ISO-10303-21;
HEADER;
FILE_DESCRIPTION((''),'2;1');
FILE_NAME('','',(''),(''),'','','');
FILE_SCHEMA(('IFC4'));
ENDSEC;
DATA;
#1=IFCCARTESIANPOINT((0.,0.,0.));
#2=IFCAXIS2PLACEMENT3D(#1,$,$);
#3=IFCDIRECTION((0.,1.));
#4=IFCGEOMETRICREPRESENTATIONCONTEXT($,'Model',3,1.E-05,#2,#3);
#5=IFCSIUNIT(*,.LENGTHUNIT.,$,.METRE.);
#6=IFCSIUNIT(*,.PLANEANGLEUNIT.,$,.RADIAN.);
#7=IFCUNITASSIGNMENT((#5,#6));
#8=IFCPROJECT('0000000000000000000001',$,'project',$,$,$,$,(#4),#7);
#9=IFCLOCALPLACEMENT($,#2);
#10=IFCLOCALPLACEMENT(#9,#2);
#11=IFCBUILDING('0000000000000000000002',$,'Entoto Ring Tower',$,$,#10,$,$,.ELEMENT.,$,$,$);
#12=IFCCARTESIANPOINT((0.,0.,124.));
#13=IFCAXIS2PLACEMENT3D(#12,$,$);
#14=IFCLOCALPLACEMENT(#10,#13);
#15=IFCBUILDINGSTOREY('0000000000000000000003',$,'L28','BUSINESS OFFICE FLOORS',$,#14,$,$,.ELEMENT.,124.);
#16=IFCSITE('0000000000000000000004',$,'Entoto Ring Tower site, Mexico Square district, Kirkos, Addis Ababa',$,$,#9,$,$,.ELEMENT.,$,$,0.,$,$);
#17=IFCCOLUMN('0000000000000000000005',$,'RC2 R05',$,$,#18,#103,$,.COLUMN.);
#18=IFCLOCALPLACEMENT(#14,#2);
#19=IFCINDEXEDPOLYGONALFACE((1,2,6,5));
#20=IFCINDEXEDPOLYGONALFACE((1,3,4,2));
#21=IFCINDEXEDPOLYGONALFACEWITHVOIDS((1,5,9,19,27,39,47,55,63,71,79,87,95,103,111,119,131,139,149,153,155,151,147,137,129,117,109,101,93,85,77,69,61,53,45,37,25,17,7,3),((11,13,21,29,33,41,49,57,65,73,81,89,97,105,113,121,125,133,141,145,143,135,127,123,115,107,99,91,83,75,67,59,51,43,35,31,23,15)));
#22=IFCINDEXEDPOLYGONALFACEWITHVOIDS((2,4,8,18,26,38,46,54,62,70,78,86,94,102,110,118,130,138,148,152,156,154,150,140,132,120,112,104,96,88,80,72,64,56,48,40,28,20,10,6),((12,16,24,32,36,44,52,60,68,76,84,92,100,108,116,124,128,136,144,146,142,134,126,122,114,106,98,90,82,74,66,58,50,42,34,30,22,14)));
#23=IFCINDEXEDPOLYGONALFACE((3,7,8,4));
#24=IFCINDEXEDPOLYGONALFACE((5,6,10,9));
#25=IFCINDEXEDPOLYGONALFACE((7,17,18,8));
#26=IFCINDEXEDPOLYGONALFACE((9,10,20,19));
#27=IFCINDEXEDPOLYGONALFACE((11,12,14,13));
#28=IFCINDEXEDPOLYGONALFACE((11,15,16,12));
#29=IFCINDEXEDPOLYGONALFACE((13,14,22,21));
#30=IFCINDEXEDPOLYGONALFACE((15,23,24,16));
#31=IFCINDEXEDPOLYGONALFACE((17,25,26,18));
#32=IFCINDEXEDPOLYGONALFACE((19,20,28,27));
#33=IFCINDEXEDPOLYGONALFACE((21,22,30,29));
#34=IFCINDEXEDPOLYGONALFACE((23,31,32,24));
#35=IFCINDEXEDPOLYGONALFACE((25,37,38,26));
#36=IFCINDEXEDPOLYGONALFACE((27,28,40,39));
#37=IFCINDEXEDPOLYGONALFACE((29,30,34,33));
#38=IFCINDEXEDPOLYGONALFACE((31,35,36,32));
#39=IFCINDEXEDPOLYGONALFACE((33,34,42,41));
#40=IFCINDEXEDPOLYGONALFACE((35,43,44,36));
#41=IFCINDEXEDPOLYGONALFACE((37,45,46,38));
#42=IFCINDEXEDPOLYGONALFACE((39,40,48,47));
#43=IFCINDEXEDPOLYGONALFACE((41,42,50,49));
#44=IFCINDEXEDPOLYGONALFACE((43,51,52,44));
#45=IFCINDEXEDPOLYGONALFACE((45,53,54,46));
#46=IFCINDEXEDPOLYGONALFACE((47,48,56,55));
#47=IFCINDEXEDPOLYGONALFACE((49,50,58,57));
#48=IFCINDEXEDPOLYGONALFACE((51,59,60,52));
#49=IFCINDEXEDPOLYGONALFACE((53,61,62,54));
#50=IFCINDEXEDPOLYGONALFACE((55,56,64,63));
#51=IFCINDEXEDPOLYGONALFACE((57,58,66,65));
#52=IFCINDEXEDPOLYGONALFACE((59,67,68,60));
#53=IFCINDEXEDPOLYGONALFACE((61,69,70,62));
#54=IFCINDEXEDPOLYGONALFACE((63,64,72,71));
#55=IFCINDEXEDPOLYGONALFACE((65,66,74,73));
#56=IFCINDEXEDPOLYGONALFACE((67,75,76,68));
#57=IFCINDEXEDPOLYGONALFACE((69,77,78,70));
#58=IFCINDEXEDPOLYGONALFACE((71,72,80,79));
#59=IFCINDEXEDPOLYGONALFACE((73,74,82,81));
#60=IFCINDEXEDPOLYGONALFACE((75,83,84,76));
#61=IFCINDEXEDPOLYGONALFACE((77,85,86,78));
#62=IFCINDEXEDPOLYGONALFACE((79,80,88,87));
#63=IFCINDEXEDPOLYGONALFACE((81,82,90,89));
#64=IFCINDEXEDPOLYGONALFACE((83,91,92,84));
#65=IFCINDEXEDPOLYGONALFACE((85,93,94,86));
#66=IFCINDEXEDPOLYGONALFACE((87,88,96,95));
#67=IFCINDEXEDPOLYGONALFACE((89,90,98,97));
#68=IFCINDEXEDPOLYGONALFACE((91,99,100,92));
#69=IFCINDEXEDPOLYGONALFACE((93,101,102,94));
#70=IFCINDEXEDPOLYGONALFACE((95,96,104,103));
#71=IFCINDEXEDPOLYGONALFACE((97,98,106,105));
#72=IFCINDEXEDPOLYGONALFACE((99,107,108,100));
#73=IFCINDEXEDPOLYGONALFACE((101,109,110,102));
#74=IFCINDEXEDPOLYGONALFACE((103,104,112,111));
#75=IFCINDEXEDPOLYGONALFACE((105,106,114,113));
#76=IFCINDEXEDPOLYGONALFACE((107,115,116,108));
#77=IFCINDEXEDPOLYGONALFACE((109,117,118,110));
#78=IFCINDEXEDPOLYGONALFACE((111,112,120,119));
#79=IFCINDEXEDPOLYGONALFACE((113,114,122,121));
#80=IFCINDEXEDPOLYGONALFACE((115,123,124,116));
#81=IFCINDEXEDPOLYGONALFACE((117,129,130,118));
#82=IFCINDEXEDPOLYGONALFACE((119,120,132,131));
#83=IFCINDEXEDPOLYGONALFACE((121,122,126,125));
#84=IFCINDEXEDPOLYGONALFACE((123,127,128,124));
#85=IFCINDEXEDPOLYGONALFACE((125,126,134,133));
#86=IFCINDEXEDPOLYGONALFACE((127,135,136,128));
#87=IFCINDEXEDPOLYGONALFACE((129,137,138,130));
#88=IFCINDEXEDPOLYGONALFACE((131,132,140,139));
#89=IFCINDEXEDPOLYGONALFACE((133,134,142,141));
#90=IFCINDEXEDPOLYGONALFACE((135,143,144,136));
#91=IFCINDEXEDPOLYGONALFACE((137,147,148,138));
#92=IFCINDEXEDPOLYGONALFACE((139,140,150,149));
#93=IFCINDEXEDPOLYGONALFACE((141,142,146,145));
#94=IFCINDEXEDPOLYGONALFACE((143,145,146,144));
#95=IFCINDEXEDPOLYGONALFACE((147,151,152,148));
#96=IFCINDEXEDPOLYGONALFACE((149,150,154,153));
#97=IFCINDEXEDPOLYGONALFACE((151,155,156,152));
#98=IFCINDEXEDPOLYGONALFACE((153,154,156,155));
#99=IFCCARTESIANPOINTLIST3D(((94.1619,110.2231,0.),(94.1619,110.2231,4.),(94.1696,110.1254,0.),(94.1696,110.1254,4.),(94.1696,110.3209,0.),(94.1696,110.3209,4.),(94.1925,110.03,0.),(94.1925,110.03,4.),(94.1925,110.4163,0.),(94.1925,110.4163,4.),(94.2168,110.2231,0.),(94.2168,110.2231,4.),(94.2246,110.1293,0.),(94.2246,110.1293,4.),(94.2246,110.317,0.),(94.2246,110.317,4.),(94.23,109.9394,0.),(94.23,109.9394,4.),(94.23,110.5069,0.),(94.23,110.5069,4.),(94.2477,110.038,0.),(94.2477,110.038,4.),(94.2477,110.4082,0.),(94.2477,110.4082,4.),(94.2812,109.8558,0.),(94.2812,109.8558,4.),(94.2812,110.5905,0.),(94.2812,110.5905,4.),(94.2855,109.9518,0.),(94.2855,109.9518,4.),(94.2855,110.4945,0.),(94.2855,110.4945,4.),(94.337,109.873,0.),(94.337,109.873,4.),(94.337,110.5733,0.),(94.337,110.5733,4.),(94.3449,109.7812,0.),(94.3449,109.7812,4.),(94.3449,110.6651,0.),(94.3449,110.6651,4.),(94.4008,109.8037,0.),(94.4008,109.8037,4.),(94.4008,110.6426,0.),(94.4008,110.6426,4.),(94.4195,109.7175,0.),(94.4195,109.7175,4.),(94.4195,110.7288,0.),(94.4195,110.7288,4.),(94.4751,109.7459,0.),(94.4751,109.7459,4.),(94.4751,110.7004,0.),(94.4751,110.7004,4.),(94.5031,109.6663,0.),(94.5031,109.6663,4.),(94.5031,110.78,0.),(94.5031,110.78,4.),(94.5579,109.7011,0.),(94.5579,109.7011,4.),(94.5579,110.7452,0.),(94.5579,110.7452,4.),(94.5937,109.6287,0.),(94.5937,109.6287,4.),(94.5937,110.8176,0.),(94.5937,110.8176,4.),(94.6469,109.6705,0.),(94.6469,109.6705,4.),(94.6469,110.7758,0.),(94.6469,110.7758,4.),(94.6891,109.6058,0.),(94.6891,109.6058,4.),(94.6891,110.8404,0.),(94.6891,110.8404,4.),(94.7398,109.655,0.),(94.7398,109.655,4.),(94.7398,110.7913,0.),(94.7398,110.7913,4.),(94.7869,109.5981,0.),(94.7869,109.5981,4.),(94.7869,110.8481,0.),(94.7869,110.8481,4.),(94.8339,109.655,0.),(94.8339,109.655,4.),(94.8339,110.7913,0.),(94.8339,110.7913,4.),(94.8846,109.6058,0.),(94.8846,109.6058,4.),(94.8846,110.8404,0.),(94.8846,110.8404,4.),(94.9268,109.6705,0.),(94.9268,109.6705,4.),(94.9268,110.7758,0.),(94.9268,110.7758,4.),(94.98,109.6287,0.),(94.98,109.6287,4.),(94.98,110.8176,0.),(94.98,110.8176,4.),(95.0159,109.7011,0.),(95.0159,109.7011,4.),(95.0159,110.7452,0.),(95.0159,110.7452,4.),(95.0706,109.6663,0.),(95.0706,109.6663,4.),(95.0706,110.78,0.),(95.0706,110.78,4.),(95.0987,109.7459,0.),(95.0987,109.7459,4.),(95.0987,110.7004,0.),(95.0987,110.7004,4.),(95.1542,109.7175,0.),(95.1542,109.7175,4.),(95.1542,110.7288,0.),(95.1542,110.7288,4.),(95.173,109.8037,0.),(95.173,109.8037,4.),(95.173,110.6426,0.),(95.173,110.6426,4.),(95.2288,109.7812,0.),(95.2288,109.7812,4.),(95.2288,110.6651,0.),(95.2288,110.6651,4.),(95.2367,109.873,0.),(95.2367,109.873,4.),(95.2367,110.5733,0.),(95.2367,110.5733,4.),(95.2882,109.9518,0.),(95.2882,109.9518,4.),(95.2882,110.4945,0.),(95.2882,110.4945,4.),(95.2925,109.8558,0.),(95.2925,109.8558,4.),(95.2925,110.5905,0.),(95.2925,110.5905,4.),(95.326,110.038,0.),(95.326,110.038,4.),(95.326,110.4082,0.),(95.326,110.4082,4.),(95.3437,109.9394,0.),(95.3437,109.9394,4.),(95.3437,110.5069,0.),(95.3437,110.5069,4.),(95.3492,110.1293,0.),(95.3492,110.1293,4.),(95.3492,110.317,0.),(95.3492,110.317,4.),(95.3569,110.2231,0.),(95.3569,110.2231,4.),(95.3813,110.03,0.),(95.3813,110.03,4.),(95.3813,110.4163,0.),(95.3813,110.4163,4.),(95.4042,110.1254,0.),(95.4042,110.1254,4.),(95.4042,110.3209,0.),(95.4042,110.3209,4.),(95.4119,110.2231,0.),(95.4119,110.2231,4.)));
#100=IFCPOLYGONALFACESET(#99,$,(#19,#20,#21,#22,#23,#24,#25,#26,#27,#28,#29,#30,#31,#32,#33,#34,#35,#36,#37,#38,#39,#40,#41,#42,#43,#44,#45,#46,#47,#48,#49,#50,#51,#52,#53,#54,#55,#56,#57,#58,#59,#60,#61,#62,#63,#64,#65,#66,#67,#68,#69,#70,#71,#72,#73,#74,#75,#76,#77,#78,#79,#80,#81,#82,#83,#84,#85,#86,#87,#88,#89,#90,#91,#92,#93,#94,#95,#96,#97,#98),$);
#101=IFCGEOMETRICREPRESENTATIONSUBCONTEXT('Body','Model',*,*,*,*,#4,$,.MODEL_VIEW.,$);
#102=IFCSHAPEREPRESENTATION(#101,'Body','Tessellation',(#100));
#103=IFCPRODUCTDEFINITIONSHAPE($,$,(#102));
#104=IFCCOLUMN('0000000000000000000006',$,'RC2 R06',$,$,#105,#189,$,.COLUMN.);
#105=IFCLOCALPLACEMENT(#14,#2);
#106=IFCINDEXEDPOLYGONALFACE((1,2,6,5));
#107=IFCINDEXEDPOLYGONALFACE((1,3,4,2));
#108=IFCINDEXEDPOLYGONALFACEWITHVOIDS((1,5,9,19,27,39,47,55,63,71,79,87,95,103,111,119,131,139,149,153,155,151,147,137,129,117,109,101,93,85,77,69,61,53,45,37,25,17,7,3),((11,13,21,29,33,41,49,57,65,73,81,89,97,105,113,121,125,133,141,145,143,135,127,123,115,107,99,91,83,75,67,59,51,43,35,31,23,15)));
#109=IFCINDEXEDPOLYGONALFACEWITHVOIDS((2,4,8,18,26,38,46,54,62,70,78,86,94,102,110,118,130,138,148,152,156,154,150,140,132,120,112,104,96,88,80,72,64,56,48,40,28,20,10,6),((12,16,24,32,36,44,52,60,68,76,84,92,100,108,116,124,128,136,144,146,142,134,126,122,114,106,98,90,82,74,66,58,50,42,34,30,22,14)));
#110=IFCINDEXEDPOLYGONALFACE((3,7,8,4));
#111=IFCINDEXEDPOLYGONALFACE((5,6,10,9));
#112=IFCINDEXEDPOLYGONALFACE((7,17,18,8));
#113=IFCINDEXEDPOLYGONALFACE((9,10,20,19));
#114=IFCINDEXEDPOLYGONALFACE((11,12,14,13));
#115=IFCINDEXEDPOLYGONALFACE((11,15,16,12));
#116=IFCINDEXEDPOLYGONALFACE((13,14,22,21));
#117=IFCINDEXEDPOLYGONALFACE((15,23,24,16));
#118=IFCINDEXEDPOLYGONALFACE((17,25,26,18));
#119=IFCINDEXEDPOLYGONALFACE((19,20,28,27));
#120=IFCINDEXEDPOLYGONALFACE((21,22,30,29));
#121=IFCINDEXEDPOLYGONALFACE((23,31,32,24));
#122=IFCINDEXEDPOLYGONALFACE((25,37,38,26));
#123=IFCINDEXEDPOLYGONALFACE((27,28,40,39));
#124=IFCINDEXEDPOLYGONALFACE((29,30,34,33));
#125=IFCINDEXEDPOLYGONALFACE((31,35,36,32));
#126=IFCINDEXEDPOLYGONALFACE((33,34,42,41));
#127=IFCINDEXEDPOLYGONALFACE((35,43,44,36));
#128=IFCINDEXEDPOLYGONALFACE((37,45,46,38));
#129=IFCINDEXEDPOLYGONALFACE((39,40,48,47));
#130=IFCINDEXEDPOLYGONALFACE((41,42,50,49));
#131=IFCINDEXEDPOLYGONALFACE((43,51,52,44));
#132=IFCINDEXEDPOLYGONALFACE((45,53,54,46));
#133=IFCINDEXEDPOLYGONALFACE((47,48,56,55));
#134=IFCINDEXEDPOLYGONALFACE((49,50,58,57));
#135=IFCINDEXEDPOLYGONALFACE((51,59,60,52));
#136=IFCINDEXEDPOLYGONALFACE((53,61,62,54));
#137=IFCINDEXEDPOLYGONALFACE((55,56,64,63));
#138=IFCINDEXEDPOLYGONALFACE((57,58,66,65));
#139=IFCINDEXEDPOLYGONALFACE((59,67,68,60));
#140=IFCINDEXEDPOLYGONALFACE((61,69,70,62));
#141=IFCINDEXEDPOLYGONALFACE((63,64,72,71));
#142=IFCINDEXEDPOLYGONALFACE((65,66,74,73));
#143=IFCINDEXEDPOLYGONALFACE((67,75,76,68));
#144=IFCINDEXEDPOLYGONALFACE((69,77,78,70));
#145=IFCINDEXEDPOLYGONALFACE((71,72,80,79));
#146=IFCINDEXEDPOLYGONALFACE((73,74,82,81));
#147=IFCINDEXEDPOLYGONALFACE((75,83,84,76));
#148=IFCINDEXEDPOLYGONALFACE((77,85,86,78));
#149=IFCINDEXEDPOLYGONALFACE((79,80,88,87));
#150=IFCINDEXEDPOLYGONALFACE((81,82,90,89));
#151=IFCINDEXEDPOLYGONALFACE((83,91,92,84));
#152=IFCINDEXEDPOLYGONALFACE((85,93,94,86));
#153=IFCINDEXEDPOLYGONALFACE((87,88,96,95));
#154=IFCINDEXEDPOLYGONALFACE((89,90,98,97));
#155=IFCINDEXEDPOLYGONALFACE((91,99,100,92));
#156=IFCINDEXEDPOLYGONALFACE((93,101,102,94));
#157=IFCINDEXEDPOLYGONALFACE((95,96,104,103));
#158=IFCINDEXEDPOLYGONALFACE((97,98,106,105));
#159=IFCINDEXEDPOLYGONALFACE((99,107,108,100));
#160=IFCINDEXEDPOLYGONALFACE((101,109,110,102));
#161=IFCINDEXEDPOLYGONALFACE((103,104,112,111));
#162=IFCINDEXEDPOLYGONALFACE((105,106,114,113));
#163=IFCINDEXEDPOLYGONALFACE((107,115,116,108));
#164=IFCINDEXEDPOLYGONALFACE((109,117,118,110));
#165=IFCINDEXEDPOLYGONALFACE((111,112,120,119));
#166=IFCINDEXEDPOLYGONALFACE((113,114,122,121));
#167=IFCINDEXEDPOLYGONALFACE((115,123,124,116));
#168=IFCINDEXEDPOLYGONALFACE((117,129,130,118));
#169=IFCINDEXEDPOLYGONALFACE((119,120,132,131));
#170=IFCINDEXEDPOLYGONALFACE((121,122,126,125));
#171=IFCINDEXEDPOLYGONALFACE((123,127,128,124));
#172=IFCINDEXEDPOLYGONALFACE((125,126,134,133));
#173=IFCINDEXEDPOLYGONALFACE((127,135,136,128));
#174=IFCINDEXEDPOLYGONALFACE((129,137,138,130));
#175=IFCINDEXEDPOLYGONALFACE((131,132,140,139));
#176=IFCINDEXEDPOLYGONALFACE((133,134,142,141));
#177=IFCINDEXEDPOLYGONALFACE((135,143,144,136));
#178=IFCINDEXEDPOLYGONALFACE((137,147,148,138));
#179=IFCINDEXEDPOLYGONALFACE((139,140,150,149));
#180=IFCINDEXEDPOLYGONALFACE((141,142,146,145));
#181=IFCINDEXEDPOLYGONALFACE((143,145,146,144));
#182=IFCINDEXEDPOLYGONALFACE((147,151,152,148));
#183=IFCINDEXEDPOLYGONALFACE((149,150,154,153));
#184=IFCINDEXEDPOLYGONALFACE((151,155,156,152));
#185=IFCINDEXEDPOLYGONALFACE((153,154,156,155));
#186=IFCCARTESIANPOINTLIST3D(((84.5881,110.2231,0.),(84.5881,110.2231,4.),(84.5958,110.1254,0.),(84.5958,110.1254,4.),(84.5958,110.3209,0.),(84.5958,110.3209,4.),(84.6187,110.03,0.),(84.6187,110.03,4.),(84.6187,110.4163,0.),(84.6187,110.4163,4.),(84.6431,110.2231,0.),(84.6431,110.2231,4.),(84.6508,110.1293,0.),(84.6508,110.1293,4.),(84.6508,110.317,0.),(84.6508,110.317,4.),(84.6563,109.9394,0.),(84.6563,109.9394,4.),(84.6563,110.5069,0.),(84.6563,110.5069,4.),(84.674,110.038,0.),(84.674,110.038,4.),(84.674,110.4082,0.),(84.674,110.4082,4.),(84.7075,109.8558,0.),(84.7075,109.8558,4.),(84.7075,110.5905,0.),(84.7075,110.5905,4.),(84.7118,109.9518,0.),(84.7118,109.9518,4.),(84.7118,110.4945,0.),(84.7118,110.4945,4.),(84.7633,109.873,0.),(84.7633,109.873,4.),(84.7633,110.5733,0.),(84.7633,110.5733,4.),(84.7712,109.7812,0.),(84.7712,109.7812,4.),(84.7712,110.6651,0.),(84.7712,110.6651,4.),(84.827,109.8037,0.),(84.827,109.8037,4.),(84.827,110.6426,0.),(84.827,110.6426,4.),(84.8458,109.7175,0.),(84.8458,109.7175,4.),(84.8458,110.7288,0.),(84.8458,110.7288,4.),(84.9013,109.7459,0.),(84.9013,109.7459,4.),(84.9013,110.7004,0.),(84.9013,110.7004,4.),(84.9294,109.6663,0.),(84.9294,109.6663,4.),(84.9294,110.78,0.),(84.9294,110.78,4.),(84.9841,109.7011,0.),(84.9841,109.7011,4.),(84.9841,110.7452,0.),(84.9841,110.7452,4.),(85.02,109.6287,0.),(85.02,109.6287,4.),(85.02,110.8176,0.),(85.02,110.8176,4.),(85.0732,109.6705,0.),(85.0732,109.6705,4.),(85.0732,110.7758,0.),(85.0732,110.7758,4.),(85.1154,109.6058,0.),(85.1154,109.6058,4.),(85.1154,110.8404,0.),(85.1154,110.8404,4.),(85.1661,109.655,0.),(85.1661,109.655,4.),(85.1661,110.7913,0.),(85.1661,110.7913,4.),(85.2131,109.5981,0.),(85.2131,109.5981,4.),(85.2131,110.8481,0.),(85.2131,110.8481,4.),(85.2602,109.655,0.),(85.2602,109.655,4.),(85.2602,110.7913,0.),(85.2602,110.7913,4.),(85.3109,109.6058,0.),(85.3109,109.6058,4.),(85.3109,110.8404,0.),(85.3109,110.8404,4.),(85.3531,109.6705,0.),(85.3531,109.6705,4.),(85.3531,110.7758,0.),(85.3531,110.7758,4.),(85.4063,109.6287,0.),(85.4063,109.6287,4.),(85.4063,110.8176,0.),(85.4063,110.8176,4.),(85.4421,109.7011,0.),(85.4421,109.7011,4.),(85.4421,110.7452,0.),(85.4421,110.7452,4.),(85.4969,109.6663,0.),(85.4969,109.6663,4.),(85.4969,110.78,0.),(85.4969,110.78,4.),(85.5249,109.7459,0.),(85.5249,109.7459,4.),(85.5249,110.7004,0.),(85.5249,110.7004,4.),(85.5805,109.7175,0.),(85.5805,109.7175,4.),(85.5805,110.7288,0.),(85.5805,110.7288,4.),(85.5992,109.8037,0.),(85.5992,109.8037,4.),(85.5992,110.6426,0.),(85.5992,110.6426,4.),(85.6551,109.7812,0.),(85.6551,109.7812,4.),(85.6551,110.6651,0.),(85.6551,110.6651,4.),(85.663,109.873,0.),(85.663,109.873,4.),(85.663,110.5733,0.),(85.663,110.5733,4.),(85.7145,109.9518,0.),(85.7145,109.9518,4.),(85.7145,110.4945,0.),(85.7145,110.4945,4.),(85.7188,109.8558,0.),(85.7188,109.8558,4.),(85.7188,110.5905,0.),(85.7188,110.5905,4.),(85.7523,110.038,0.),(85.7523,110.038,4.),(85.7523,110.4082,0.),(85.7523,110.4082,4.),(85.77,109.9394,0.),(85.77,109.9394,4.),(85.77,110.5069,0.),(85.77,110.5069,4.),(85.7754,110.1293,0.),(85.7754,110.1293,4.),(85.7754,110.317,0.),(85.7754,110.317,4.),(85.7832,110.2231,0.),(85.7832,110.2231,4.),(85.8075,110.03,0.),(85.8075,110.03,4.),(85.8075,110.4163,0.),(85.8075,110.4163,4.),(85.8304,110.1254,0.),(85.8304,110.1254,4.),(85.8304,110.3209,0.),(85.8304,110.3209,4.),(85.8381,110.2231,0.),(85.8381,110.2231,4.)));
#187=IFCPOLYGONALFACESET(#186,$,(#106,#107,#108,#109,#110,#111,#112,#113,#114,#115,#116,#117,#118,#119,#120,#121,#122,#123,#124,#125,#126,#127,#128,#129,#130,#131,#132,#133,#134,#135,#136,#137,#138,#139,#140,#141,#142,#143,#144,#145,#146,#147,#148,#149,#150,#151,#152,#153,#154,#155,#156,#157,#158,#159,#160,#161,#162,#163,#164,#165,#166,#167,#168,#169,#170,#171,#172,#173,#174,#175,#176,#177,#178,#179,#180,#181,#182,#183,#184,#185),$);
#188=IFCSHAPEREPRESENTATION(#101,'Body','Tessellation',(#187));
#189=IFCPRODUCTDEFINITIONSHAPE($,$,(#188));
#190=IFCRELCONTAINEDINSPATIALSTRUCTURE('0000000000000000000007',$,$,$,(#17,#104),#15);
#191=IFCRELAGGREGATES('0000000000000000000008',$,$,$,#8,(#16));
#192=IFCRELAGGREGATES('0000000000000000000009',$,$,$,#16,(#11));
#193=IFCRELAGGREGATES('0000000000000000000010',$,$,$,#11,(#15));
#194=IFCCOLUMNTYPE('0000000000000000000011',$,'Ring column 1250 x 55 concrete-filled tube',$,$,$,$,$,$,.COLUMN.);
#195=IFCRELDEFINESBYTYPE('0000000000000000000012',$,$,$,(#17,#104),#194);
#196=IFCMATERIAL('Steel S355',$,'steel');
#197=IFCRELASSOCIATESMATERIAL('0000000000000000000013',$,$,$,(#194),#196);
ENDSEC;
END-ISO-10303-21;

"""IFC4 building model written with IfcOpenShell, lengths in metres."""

from ifc_helpers import new_model, si_unit, direction, frame, origin, origin_2d, place, context, subcontext, project, spatial, circle, hollow_circle, extrude, material, material_profile, profile_set, type_object, element, save


model = new_model("IFC4")

# Units and contexts
model_context = context("Model", 3, precision=1e-05, world=origin(), true_north=direction((0.0, 1.0)))
body_context = subcontext(model_context, "Body", "Model", "MODEL_VIEW")
ifc_project = project(units=[si_unit("LENGTHUNIT", "METRE"), si_unit("PLANEANGLEUNIT", "RADIAN")], contexts=[model_context])

# Site, building, storey
site_placement = place(None, origin())
site = spatial("IfcSite", under=ifc_project, at=site_placement, Name="Entoto Ring Tower site, Mexico Square district, Kirkos, Addis Ababa", CompositionType="ELEMENT", RefElevation=0.0)
building_placement = place(site_placement, origin())
building = spatial("IfcBuilding", under=site, at=building_placement, Name="Entoto Ring Tower", CompositionType="ELEMENT")
storey_placement = place(building_placement, frame((0.0, 0.0, 124.0)))
storey = spatial("IfcBuildingStorey", under=building, at=storey_placement, Name="L28", Description="BUSINESS OFFICE FLOORS", CompositionType="ELEMENT", Elevation=124.0)

# Columns
ifc_material_1 = material(Name="Steel S355", Category="steel")
ifc_material_profile_1 = material_profile(ifc_material_1, hollow_circle(Radius=0.625, WallThickness=0.0549, at=origin_2d()), Name="CHS 1250 x 55")
ifc_material_2 = material(Name="Concrete C60/75", Category="concrete")
ifc_material_profile_2 = material_profile(ifc_material_2, circle(Radius=0.5701, at=origin_2d()), Name="Concrete C60/75 infill")
ifc_profile_set_1 = profile_set([ifc_material_profile_1, ifc_material_profile_2], Name="Steel S355")
column_type = type_object("IfcColumnType", Name="Ring column 1250 x 55 concrete-filled tube", PredefinedType="COLUMN", material=ifc_profile_set_1)
for number, where, z_axis, x_axis, name in (
    (1, (94.7869, 110.2231, 0.0), (0.0, 0.0, 1.0), (1.0, 0.0, 0.0), "RC2 R05"),
    (2, (85.2131, 110.2231, 0.0), (0.0, 0.0, 1.0), (1.0, 0.0, 0.0), "RC2 R06"),
):
    element("IfcColumn", number, at=place(storey_placement, frame(where, z_axis=z_axis, x_axis=x_axis)), inside=storey, type_object=column_type, Name=name, PredefinedType="COLUMN", context=body_context, shape_type="SweptSolid", body=[
        extrude(hollow_circle(Radius=0.625, WallThickness=0.0549, at=origin_2d()), origin(), (0.0, 0.0, 1.0), 4.0),
    ])

save(model, "model.ifc")
